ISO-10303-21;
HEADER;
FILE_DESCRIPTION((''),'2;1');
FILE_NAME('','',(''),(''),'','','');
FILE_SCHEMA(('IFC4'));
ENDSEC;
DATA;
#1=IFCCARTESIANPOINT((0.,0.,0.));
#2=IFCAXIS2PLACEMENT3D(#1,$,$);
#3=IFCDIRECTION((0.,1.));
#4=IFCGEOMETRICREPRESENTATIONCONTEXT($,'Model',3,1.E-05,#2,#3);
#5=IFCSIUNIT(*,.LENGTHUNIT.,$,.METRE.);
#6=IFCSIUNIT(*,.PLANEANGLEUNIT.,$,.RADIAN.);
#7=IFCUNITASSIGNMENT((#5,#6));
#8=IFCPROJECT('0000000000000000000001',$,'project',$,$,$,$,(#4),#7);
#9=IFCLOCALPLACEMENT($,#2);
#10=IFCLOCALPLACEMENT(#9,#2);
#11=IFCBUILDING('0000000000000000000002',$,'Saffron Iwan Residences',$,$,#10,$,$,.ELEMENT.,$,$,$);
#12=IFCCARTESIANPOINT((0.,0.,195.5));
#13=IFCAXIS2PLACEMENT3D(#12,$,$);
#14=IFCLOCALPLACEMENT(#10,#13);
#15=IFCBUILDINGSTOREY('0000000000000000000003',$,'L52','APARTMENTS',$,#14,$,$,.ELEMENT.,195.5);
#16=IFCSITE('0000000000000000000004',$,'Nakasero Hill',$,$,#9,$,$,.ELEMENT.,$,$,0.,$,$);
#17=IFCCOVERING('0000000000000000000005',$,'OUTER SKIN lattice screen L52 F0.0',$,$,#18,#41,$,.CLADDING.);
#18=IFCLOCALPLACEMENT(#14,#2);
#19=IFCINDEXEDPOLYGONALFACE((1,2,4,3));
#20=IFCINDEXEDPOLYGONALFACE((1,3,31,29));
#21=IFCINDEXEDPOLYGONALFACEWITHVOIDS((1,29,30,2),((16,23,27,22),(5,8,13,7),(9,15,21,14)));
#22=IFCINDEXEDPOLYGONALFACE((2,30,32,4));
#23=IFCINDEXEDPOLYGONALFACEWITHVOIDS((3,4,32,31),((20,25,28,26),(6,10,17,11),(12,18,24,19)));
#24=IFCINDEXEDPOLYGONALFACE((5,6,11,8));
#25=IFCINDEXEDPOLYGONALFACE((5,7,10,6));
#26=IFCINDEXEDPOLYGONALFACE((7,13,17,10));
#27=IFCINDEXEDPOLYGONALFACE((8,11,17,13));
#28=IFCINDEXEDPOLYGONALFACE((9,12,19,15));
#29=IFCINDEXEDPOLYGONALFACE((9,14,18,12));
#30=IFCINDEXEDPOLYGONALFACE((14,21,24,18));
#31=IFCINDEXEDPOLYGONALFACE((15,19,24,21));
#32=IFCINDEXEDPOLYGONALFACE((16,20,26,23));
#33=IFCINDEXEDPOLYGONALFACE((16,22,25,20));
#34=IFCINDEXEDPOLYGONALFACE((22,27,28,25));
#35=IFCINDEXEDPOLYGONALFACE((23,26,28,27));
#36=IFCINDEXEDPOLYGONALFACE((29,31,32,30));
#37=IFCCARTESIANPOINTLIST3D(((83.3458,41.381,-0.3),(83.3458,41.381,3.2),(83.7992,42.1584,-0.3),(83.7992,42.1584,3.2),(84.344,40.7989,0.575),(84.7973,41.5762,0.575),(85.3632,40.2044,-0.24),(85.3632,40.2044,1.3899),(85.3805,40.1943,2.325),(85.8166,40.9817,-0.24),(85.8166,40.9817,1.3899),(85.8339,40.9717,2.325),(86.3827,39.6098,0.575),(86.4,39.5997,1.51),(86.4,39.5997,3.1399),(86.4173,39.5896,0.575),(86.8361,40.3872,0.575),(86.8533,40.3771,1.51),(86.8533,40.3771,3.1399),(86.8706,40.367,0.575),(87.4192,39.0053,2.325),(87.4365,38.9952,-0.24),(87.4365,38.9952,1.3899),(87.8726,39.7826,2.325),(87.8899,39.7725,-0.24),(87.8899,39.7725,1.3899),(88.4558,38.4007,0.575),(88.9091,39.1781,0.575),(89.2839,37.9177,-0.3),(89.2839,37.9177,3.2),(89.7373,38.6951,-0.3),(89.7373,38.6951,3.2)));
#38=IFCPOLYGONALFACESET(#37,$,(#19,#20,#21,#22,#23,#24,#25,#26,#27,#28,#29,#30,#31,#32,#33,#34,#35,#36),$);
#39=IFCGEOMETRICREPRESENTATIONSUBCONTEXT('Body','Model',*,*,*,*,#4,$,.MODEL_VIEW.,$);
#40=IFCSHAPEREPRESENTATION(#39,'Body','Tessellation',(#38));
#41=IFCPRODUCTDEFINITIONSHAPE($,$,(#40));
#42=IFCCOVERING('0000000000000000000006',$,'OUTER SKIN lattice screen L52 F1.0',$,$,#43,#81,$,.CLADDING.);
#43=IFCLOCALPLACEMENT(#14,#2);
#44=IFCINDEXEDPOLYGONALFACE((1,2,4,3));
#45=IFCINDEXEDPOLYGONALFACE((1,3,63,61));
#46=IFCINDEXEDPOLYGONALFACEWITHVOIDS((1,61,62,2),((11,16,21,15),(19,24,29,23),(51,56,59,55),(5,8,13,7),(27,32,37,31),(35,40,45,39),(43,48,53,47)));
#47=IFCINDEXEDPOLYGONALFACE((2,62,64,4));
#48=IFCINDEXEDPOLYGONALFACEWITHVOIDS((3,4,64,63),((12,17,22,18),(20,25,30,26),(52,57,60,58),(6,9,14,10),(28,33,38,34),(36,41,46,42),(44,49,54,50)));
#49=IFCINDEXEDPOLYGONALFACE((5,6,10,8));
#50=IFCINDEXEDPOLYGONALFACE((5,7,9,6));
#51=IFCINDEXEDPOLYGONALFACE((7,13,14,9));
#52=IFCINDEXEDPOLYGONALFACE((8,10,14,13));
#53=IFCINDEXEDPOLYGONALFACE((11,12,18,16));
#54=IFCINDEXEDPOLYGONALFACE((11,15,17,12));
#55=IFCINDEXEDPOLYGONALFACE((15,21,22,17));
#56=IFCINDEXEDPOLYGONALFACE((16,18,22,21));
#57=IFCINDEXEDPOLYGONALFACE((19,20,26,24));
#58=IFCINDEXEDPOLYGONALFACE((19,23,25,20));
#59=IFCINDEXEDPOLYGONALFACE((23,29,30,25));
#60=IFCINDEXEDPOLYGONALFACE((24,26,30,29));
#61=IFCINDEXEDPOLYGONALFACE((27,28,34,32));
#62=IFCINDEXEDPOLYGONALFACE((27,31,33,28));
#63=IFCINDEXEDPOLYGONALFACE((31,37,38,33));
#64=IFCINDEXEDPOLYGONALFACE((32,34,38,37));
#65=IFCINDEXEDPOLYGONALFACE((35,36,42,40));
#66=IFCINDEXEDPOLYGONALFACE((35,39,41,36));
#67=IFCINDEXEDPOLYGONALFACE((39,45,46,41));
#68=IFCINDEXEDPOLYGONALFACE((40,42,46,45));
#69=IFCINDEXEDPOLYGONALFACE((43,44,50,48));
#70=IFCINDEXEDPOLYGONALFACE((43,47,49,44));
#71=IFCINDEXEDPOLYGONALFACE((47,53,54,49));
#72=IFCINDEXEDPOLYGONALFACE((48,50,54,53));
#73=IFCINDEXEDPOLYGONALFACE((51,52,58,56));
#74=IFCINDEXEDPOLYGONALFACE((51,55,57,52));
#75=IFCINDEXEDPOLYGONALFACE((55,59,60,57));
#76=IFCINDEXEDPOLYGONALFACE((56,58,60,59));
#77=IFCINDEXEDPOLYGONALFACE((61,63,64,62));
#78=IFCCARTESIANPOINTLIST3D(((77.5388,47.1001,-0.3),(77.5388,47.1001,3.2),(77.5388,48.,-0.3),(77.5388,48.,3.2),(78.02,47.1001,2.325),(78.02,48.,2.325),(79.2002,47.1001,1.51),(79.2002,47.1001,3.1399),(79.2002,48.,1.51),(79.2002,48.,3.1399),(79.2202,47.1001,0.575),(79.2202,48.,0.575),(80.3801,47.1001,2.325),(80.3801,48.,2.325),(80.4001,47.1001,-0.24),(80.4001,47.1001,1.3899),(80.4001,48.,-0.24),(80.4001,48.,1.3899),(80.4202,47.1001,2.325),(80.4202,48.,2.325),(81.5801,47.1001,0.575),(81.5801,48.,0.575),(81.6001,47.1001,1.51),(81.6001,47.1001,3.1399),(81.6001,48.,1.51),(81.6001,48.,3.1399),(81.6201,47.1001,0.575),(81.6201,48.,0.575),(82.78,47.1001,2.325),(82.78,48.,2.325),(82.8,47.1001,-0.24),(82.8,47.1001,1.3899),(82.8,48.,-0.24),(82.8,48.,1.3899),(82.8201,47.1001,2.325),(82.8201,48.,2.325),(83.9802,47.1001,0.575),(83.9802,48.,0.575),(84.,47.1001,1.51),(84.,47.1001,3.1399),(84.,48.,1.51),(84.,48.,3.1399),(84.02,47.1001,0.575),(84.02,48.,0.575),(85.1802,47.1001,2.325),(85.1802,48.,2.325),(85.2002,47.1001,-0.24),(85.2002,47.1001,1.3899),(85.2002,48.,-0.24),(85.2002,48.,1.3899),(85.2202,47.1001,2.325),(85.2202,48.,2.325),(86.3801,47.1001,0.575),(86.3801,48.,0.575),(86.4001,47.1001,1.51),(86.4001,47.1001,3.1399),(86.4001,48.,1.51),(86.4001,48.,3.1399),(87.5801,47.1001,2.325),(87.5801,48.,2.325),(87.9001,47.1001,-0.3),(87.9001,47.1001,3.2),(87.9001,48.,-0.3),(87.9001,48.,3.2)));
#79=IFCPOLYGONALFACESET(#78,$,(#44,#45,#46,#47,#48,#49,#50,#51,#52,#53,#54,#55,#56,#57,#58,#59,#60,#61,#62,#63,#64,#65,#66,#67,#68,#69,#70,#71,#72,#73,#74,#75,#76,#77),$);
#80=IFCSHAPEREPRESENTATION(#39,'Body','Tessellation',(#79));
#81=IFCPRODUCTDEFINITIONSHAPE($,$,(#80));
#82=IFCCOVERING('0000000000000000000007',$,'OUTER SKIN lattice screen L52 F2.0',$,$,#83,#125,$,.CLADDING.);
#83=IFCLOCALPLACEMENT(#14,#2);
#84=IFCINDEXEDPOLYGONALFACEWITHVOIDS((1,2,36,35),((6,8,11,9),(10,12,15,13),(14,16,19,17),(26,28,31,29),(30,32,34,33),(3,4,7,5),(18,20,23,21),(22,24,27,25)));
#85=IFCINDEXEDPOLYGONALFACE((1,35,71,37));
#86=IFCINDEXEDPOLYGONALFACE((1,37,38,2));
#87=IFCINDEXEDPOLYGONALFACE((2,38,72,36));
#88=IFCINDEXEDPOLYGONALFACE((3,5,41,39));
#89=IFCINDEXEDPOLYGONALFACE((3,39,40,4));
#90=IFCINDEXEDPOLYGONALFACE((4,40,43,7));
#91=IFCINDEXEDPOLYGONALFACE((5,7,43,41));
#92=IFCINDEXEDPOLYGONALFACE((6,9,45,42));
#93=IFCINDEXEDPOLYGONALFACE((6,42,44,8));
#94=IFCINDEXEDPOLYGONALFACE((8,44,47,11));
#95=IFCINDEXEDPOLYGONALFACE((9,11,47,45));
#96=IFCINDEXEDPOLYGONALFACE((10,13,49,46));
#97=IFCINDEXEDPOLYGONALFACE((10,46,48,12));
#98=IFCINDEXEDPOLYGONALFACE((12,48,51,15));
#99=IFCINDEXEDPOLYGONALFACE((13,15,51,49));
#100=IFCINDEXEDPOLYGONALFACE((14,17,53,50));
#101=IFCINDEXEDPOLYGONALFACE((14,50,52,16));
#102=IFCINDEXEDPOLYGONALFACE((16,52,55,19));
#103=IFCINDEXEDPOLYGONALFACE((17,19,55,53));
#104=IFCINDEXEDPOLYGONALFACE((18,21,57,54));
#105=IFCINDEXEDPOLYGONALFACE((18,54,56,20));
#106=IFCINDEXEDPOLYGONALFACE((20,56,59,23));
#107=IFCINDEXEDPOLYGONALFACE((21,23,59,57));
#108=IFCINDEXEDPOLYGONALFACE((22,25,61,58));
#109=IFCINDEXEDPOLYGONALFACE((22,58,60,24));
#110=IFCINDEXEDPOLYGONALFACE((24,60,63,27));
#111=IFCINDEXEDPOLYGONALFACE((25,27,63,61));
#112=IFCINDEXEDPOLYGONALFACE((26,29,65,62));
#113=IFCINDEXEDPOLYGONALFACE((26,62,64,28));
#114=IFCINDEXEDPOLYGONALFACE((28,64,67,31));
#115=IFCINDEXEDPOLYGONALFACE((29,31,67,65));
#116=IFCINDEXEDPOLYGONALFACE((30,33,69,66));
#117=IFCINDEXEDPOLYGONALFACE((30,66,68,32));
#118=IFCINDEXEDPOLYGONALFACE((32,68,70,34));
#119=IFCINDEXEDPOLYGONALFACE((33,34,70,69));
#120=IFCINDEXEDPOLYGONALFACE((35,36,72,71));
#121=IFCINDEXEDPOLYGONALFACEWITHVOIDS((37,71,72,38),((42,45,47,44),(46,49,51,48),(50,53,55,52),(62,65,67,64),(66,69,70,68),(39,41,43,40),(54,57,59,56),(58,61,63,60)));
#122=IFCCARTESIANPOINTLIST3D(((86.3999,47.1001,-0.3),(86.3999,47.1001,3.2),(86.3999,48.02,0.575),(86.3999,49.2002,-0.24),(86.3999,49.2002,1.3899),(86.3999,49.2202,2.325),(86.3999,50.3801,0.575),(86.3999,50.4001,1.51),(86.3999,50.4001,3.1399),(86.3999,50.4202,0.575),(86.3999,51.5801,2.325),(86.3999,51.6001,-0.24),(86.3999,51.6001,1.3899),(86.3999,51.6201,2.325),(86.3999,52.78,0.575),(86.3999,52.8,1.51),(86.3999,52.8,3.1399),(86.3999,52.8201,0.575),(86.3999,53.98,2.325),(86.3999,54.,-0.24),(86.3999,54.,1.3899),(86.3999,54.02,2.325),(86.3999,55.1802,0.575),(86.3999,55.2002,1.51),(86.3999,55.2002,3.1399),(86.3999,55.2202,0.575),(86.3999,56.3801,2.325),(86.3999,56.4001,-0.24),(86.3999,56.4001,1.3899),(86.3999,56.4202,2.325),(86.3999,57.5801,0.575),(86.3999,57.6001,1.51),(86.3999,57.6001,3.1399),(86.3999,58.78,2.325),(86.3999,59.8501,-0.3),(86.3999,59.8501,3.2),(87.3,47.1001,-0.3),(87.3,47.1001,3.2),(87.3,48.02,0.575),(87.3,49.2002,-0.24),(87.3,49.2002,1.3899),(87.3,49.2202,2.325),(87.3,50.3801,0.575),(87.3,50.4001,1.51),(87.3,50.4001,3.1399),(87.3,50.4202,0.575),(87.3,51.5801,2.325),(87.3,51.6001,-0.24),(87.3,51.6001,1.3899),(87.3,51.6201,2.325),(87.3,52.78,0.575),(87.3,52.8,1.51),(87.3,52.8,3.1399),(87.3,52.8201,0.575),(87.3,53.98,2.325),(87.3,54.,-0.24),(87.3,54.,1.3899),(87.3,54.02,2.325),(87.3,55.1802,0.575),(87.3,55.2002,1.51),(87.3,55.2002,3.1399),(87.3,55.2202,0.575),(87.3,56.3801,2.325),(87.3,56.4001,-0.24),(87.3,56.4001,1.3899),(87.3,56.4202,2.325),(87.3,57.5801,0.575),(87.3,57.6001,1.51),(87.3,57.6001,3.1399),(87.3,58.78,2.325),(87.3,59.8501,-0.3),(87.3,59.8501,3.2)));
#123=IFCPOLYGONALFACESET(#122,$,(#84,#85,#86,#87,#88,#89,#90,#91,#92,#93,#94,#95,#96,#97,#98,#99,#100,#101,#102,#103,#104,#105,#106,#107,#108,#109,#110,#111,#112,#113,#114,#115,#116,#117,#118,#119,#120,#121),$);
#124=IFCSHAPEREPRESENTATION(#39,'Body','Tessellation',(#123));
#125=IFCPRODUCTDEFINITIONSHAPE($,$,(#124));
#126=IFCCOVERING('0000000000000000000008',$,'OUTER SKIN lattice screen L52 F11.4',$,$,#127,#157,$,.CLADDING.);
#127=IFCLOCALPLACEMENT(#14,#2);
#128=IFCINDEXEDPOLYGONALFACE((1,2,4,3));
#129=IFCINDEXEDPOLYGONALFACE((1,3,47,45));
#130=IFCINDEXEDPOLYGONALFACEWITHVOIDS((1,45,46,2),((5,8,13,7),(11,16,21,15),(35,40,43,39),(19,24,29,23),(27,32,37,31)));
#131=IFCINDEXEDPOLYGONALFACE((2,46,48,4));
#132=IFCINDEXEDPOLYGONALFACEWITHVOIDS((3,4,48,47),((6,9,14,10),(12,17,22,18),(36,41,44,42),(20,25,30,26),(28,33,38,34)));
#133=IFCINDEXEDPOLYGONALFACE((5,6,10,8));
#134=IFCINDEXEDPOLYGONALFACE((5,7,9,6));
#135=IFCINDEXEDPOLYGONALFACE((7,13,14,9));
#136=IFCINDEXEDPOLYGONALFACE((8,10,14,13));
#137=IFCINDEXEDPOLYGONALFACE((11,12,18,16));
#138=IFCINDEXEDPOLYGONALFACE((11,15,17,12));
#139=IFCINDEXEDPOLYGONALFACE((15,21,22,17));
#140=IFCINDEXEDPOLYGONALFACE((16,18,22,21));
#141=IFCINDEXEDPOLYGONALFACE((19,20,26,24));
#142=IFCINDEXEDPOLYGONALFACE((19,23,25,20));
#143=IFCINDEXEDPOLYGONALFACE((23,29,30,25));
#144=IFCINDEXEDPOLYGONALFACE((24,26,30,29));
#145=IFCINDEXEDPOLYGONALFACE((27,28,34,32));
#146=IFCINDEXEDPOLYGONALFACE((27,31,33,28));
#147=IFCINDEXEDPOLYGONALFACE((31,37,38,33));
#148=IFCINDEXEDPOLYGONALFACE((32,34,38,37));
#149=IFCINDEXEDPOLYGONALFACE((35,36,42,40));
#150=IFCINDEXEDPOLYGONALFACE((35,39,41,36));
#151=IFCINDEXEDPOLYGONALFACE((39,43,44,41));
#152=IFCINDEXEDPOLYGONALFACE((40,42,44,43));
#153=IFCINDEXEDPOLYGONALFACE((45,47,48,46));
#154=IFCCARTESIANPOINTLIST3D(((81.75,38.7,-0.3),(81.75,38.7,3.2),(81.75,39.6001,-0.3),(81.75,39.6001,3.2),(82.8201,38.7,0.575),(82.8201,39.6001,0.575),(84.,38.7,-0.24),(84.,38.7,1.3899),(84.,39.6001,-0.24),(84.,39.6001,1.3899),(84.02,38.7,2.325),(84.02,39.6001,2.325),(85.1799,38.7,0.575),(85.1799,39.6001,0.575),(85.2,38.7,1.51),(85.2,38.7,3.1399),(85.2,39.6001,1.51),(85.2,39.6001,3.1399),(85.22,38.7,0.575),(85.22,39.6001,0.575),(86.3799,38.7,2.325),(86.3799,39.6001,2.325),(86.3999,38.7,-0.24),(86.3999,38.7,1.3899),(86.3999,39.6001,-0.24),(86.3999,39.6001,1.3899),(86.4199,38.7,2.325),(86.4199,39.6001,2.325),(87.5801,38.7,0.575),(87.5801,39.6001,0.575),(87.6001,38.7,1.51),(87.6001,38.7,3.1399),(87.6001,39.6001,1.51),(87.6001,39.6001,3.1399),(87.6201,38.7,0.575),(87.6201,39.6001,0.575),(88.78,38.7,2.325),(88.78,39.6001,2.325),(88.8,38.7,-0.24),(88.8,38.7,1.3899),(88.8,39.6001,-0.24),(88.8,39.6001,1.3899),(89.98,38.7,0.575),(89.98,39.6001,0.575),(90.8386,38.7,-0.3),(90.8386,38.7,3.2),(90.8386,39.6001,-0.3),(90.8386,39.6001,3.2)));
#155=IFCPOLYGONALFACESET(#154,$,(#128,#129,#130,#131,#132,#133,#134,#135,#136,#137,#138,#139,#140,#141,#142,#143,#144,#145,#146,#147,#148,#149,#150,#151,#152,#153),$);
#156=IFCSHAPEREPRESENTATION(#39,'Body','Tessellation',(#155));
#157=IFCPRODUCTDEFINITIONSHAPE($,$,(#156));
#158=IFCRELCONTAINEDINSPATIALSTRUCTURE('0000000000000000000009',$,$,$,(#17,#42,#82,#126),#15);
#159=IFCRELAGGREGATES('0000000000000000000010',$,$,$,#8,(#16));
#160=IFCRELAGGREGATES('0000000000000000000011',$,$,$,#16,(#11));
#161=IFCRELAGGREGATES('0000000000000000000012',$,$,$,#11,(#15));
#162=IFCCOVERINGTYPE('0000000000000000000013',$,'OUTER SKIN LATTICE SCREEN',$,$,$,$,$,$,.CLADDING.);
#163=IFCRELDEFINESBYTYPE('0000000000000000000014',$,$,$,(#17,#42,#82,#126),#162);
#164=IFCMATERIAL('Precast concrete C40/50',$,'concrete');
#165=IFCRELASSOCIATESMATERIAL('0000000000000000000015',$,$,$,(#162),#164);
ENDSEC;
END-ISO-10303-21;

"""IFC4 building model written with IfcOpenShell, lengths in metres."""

from ifc_helpers import new_model, si_unit, direction, frame, origin, place, context, subcontext, project, spatial, polyline, outline, extrude, material, type_object, element, save


model = new_model("IFC4")

# Units and contexts
model_context = context("Model", 3, precision=1e-05, world=origin(), true_north=direction((0.0, 1.0)))
body_context = subcontext(model_context, "Body", "Model", "MODEL_VIEW")
ifc_project = project(units=[si_unit("LENGTHUNIT", "METRE"), si_unit("PLANEANGLEUNIT", "RADIAN")], contexts=[model_context])

# Site, building, storey
site_placement = place(None, origin())
site = spatial("IfcSite", under=ifc_project, at=site_placement, Name="Nakasero Hill", CompositionType="ELEMENT", RefElevation=0.0)
building_placement = place(site_placement, origin())
building = spatial("IfcBuilding", under=site, at=building_placement, Name="Saffron Iwan Residences", CompositionType="ELEMENT")
storey_placement = place(building_placement, frame((0.0, 0.0, 195.5)))
storey = spatial("IfcBuildingStorey", under=building, at=storey_placement, Name="L52", Description="APARTMENTS", CompositionType="ELEMENT", Elevation=195.5)

# Coverings
ifc_material_1 = material(Name="Precast concrete C40/50", Category="concrete")
covering_type = type_object("IfcCoveringType", Name="OUTER SKIN LATTICE SCREEN", PredefinedType="CLADDING", material=ifc_material_1)
covering_1_placement = place(storey_placement, frame((89.2839, 37.9177, -0.3), z_axis=(0.503804, 0.863818, 0.0), x_axis=(-0.863818, 0.503804, 0.0)))
element("IfcCovering", 1, at=covering_1_placement, inside=storey, type_object=covering_type, Name="OUTER SKIN lattice screen L52 F0.0", PredefinedType="CLADDING", context=body_context, shape_type="SweptSolid", body=[
    extrude(outline(polyline([(0.0, 0.0), (6.8743, 0.0), (6.8743, 3.5), (0.0, 3.5), (0.0, 0.0)]), holes=[polyline([(0.9587, 0.875), (2.1387, 0.0601), (3.3186, 0.875), (2.1387, 1.6899), (0.9587, 0.875)]), polyline([(3.3586, 0.875), (4.5388, 0.0601), (5.7188, 0.875), (4.5388, 1.6899), (3.3586, 0.875)]), polyline([(2.1587, 2.625), (3.3386, 1.8101), (4.5188, 2.625), (3.3386, 3.4399), (2.1587, 2.625)])]), origin(), (0.0, 0.0, 1.0), 0.8999),
])
covering_2_placement = place(storey_placement, frame((77.5388, 48.0, -0.3), z_axis=(0.0, -1.0, 0.0), x_axis=(1.0, 0.0, 0.0)))
element("IfcCovering", 2, at=covering_2_placement, inside=storey, type_object=covering_type, Name="OUTER SKIN lattice screen L52 F1.0", PredefinedType="CLADDING", context=body_context, shape_type="SweptSolid", body=[
    extrude(outline(polyline([(0.0, 0.0), (10.3613, 0.0), (10.3613, 3.5), (0.0, 3.5), (0.0, 0.0)]), holes=[polyline([(1.6814, 0.875), (2.8613, 0.0601), (4.0413, 0.875), (2.8613, 1.6899), (1.6814, 0.875)]), polyline([(4.0813, 0.875), (5.2612, 0.0601), (6.4414, 0.875), (5.2612, 1.6899), (4.0813, 0.875)]), polyline([(6.4812, 0.875), (7.6614, 0.0601), (8.8413, 0.875), (7.6614, 1.6899), (6.4812, 0.875)]), polyline([(0.4812, 2.625), (1.6614, 1.8101), (2.8413, 2.625), (1.6614, 3.4399), (0.4812, 2.625)]), polyline([(2.8813, 2.625), (4.0613, 1.8101), (5.2412, 2.625), (4.0613, 3.4399), (2.8813, 2.625)]), polyline([(5.2812, 2.625), (6.4612, 1.8101), (7.6414, 2.625), (6.4612, 3.4399), (5.2812, 2.625)]), polyline([(7.6814, 2.625), (8.8613, 1.8101), (10.0413, 2.625), (8.8613, 3.4399), (7.6814, 2.625)])]), origin(), (0.0, 0.0, 1.0), 0.8999),
])
covering_3_placement = place(storey_placement, frame((86.3999, 47.1001, -0.3), z_axis=(1.0, 0.0, 0.0), x_axis=(0.0, 1.0, 0.0)))
element("IfcCovering", 3, at=covering_3_placement, inside=storey, type_object=covering_type, Name="OUTER SKIN lattice screen L52 F2.0", PredefinedType="CLADDING", context=body_context, shape_type="SweptSolid", body=[
    extrude(outline(polyline([(0.0, 0.0), (12.75, 0.0), (12.75, 3.5), (0.0, 3.5), (0.0, 0.0)]), holes=[polyline([(0.9199, 0.875), (2.1001, 0.0601), (3.28, 0.875), (2.1001, 1.6899), (0.9199, 0.875)]), polyline([(3.3201, 0.875), (4.5, 0.0601), (5.6799, 0.875), (4.5, 1.6899), (3.3201, 0.875)]), polyline([(5.72, 0.875), (6.8999, 0.0601), (8.0801, 0.875), (6.8999, 1.6899), (5.72, 0.875)]), polyline([(8.1201, 0.875), (9.3, 0.0601), (10.48, 0.875), (9.3, 1.6899), (8.1201, 0.875)]), polyline([(2.1201, 2.625), (3.3, 1.8101), (4.48, 2.625), (3.3, 3.4399), (2.1201, 2.625)]), polyline([(4.52, 2.625), (5.7, 1.8101), (6.8799, 2.625), (5.7, 3.4399), (4.52, 2.625)]), polyline([(6.9199, 2.625), (8.1001, 1.8101), (9.28, 2.625), (8.1001, 3.4399), (6.9199, 2.625)]), polyline([(9.3201, 2.625), (10.5, 1.8101), (11.6799, 2.625), (10.5, 3.4399), (9.3201, 2.625)])]), origin(), (0.0, 0.0, 1.0), 0.9001),
])
covering_4_placement = place(storey_placement, frame((81.75, 39.6001, -0.3), z_axis=(0.0, -1.0, 0.0), x_axis=(1.0, 0.0, 0.0)))
element("IfcCovering", 4, at=covering_4_placement, inside=storey, type_object=covering_type, Name="OUTER SKIN lattice screen L52 F11.4", PredefinedType="CLADDING", context=body_context, shape_type="SweptSolid", body=[
    extrude(outline(polyline([(0.0, 0.0), (9.0886, 0.0), (9.0886, 3.5), (0.0, 3.5), (0.0, 0.0)]), holes=[polyline([(1.0701, 0.875), (2.25, 0.0601), (3.4299, 0.875), (2.25, 1.6899), (1.0701, 0.875)]), polyline([(3.47, 0.875), (4.6499, 0.0601), (5.8301, 0.875), (4.6499, 1.6899), (3.47, 0.875)]), polyline([(5.8701, 0.875), (7.05, 0.0601), (8.23, 0.875), (7.05, 1.6899), (5.8701, 0.875)]), polyline([(2.27, 2.625), (3.45, 1.8101), (4.6299, 2.625), (3.45, 3.4399), (2.27, 2.625)]), polyline([(4.6699, 2.625), (5.8501, 1.8101), (7.03, 2.625), (5.8501, 3.4399), (4.6699, 2.625)])]), origin(), (0.0, 0.0, 1.0), 0.9001),
])

save(model, "model.ifc")
